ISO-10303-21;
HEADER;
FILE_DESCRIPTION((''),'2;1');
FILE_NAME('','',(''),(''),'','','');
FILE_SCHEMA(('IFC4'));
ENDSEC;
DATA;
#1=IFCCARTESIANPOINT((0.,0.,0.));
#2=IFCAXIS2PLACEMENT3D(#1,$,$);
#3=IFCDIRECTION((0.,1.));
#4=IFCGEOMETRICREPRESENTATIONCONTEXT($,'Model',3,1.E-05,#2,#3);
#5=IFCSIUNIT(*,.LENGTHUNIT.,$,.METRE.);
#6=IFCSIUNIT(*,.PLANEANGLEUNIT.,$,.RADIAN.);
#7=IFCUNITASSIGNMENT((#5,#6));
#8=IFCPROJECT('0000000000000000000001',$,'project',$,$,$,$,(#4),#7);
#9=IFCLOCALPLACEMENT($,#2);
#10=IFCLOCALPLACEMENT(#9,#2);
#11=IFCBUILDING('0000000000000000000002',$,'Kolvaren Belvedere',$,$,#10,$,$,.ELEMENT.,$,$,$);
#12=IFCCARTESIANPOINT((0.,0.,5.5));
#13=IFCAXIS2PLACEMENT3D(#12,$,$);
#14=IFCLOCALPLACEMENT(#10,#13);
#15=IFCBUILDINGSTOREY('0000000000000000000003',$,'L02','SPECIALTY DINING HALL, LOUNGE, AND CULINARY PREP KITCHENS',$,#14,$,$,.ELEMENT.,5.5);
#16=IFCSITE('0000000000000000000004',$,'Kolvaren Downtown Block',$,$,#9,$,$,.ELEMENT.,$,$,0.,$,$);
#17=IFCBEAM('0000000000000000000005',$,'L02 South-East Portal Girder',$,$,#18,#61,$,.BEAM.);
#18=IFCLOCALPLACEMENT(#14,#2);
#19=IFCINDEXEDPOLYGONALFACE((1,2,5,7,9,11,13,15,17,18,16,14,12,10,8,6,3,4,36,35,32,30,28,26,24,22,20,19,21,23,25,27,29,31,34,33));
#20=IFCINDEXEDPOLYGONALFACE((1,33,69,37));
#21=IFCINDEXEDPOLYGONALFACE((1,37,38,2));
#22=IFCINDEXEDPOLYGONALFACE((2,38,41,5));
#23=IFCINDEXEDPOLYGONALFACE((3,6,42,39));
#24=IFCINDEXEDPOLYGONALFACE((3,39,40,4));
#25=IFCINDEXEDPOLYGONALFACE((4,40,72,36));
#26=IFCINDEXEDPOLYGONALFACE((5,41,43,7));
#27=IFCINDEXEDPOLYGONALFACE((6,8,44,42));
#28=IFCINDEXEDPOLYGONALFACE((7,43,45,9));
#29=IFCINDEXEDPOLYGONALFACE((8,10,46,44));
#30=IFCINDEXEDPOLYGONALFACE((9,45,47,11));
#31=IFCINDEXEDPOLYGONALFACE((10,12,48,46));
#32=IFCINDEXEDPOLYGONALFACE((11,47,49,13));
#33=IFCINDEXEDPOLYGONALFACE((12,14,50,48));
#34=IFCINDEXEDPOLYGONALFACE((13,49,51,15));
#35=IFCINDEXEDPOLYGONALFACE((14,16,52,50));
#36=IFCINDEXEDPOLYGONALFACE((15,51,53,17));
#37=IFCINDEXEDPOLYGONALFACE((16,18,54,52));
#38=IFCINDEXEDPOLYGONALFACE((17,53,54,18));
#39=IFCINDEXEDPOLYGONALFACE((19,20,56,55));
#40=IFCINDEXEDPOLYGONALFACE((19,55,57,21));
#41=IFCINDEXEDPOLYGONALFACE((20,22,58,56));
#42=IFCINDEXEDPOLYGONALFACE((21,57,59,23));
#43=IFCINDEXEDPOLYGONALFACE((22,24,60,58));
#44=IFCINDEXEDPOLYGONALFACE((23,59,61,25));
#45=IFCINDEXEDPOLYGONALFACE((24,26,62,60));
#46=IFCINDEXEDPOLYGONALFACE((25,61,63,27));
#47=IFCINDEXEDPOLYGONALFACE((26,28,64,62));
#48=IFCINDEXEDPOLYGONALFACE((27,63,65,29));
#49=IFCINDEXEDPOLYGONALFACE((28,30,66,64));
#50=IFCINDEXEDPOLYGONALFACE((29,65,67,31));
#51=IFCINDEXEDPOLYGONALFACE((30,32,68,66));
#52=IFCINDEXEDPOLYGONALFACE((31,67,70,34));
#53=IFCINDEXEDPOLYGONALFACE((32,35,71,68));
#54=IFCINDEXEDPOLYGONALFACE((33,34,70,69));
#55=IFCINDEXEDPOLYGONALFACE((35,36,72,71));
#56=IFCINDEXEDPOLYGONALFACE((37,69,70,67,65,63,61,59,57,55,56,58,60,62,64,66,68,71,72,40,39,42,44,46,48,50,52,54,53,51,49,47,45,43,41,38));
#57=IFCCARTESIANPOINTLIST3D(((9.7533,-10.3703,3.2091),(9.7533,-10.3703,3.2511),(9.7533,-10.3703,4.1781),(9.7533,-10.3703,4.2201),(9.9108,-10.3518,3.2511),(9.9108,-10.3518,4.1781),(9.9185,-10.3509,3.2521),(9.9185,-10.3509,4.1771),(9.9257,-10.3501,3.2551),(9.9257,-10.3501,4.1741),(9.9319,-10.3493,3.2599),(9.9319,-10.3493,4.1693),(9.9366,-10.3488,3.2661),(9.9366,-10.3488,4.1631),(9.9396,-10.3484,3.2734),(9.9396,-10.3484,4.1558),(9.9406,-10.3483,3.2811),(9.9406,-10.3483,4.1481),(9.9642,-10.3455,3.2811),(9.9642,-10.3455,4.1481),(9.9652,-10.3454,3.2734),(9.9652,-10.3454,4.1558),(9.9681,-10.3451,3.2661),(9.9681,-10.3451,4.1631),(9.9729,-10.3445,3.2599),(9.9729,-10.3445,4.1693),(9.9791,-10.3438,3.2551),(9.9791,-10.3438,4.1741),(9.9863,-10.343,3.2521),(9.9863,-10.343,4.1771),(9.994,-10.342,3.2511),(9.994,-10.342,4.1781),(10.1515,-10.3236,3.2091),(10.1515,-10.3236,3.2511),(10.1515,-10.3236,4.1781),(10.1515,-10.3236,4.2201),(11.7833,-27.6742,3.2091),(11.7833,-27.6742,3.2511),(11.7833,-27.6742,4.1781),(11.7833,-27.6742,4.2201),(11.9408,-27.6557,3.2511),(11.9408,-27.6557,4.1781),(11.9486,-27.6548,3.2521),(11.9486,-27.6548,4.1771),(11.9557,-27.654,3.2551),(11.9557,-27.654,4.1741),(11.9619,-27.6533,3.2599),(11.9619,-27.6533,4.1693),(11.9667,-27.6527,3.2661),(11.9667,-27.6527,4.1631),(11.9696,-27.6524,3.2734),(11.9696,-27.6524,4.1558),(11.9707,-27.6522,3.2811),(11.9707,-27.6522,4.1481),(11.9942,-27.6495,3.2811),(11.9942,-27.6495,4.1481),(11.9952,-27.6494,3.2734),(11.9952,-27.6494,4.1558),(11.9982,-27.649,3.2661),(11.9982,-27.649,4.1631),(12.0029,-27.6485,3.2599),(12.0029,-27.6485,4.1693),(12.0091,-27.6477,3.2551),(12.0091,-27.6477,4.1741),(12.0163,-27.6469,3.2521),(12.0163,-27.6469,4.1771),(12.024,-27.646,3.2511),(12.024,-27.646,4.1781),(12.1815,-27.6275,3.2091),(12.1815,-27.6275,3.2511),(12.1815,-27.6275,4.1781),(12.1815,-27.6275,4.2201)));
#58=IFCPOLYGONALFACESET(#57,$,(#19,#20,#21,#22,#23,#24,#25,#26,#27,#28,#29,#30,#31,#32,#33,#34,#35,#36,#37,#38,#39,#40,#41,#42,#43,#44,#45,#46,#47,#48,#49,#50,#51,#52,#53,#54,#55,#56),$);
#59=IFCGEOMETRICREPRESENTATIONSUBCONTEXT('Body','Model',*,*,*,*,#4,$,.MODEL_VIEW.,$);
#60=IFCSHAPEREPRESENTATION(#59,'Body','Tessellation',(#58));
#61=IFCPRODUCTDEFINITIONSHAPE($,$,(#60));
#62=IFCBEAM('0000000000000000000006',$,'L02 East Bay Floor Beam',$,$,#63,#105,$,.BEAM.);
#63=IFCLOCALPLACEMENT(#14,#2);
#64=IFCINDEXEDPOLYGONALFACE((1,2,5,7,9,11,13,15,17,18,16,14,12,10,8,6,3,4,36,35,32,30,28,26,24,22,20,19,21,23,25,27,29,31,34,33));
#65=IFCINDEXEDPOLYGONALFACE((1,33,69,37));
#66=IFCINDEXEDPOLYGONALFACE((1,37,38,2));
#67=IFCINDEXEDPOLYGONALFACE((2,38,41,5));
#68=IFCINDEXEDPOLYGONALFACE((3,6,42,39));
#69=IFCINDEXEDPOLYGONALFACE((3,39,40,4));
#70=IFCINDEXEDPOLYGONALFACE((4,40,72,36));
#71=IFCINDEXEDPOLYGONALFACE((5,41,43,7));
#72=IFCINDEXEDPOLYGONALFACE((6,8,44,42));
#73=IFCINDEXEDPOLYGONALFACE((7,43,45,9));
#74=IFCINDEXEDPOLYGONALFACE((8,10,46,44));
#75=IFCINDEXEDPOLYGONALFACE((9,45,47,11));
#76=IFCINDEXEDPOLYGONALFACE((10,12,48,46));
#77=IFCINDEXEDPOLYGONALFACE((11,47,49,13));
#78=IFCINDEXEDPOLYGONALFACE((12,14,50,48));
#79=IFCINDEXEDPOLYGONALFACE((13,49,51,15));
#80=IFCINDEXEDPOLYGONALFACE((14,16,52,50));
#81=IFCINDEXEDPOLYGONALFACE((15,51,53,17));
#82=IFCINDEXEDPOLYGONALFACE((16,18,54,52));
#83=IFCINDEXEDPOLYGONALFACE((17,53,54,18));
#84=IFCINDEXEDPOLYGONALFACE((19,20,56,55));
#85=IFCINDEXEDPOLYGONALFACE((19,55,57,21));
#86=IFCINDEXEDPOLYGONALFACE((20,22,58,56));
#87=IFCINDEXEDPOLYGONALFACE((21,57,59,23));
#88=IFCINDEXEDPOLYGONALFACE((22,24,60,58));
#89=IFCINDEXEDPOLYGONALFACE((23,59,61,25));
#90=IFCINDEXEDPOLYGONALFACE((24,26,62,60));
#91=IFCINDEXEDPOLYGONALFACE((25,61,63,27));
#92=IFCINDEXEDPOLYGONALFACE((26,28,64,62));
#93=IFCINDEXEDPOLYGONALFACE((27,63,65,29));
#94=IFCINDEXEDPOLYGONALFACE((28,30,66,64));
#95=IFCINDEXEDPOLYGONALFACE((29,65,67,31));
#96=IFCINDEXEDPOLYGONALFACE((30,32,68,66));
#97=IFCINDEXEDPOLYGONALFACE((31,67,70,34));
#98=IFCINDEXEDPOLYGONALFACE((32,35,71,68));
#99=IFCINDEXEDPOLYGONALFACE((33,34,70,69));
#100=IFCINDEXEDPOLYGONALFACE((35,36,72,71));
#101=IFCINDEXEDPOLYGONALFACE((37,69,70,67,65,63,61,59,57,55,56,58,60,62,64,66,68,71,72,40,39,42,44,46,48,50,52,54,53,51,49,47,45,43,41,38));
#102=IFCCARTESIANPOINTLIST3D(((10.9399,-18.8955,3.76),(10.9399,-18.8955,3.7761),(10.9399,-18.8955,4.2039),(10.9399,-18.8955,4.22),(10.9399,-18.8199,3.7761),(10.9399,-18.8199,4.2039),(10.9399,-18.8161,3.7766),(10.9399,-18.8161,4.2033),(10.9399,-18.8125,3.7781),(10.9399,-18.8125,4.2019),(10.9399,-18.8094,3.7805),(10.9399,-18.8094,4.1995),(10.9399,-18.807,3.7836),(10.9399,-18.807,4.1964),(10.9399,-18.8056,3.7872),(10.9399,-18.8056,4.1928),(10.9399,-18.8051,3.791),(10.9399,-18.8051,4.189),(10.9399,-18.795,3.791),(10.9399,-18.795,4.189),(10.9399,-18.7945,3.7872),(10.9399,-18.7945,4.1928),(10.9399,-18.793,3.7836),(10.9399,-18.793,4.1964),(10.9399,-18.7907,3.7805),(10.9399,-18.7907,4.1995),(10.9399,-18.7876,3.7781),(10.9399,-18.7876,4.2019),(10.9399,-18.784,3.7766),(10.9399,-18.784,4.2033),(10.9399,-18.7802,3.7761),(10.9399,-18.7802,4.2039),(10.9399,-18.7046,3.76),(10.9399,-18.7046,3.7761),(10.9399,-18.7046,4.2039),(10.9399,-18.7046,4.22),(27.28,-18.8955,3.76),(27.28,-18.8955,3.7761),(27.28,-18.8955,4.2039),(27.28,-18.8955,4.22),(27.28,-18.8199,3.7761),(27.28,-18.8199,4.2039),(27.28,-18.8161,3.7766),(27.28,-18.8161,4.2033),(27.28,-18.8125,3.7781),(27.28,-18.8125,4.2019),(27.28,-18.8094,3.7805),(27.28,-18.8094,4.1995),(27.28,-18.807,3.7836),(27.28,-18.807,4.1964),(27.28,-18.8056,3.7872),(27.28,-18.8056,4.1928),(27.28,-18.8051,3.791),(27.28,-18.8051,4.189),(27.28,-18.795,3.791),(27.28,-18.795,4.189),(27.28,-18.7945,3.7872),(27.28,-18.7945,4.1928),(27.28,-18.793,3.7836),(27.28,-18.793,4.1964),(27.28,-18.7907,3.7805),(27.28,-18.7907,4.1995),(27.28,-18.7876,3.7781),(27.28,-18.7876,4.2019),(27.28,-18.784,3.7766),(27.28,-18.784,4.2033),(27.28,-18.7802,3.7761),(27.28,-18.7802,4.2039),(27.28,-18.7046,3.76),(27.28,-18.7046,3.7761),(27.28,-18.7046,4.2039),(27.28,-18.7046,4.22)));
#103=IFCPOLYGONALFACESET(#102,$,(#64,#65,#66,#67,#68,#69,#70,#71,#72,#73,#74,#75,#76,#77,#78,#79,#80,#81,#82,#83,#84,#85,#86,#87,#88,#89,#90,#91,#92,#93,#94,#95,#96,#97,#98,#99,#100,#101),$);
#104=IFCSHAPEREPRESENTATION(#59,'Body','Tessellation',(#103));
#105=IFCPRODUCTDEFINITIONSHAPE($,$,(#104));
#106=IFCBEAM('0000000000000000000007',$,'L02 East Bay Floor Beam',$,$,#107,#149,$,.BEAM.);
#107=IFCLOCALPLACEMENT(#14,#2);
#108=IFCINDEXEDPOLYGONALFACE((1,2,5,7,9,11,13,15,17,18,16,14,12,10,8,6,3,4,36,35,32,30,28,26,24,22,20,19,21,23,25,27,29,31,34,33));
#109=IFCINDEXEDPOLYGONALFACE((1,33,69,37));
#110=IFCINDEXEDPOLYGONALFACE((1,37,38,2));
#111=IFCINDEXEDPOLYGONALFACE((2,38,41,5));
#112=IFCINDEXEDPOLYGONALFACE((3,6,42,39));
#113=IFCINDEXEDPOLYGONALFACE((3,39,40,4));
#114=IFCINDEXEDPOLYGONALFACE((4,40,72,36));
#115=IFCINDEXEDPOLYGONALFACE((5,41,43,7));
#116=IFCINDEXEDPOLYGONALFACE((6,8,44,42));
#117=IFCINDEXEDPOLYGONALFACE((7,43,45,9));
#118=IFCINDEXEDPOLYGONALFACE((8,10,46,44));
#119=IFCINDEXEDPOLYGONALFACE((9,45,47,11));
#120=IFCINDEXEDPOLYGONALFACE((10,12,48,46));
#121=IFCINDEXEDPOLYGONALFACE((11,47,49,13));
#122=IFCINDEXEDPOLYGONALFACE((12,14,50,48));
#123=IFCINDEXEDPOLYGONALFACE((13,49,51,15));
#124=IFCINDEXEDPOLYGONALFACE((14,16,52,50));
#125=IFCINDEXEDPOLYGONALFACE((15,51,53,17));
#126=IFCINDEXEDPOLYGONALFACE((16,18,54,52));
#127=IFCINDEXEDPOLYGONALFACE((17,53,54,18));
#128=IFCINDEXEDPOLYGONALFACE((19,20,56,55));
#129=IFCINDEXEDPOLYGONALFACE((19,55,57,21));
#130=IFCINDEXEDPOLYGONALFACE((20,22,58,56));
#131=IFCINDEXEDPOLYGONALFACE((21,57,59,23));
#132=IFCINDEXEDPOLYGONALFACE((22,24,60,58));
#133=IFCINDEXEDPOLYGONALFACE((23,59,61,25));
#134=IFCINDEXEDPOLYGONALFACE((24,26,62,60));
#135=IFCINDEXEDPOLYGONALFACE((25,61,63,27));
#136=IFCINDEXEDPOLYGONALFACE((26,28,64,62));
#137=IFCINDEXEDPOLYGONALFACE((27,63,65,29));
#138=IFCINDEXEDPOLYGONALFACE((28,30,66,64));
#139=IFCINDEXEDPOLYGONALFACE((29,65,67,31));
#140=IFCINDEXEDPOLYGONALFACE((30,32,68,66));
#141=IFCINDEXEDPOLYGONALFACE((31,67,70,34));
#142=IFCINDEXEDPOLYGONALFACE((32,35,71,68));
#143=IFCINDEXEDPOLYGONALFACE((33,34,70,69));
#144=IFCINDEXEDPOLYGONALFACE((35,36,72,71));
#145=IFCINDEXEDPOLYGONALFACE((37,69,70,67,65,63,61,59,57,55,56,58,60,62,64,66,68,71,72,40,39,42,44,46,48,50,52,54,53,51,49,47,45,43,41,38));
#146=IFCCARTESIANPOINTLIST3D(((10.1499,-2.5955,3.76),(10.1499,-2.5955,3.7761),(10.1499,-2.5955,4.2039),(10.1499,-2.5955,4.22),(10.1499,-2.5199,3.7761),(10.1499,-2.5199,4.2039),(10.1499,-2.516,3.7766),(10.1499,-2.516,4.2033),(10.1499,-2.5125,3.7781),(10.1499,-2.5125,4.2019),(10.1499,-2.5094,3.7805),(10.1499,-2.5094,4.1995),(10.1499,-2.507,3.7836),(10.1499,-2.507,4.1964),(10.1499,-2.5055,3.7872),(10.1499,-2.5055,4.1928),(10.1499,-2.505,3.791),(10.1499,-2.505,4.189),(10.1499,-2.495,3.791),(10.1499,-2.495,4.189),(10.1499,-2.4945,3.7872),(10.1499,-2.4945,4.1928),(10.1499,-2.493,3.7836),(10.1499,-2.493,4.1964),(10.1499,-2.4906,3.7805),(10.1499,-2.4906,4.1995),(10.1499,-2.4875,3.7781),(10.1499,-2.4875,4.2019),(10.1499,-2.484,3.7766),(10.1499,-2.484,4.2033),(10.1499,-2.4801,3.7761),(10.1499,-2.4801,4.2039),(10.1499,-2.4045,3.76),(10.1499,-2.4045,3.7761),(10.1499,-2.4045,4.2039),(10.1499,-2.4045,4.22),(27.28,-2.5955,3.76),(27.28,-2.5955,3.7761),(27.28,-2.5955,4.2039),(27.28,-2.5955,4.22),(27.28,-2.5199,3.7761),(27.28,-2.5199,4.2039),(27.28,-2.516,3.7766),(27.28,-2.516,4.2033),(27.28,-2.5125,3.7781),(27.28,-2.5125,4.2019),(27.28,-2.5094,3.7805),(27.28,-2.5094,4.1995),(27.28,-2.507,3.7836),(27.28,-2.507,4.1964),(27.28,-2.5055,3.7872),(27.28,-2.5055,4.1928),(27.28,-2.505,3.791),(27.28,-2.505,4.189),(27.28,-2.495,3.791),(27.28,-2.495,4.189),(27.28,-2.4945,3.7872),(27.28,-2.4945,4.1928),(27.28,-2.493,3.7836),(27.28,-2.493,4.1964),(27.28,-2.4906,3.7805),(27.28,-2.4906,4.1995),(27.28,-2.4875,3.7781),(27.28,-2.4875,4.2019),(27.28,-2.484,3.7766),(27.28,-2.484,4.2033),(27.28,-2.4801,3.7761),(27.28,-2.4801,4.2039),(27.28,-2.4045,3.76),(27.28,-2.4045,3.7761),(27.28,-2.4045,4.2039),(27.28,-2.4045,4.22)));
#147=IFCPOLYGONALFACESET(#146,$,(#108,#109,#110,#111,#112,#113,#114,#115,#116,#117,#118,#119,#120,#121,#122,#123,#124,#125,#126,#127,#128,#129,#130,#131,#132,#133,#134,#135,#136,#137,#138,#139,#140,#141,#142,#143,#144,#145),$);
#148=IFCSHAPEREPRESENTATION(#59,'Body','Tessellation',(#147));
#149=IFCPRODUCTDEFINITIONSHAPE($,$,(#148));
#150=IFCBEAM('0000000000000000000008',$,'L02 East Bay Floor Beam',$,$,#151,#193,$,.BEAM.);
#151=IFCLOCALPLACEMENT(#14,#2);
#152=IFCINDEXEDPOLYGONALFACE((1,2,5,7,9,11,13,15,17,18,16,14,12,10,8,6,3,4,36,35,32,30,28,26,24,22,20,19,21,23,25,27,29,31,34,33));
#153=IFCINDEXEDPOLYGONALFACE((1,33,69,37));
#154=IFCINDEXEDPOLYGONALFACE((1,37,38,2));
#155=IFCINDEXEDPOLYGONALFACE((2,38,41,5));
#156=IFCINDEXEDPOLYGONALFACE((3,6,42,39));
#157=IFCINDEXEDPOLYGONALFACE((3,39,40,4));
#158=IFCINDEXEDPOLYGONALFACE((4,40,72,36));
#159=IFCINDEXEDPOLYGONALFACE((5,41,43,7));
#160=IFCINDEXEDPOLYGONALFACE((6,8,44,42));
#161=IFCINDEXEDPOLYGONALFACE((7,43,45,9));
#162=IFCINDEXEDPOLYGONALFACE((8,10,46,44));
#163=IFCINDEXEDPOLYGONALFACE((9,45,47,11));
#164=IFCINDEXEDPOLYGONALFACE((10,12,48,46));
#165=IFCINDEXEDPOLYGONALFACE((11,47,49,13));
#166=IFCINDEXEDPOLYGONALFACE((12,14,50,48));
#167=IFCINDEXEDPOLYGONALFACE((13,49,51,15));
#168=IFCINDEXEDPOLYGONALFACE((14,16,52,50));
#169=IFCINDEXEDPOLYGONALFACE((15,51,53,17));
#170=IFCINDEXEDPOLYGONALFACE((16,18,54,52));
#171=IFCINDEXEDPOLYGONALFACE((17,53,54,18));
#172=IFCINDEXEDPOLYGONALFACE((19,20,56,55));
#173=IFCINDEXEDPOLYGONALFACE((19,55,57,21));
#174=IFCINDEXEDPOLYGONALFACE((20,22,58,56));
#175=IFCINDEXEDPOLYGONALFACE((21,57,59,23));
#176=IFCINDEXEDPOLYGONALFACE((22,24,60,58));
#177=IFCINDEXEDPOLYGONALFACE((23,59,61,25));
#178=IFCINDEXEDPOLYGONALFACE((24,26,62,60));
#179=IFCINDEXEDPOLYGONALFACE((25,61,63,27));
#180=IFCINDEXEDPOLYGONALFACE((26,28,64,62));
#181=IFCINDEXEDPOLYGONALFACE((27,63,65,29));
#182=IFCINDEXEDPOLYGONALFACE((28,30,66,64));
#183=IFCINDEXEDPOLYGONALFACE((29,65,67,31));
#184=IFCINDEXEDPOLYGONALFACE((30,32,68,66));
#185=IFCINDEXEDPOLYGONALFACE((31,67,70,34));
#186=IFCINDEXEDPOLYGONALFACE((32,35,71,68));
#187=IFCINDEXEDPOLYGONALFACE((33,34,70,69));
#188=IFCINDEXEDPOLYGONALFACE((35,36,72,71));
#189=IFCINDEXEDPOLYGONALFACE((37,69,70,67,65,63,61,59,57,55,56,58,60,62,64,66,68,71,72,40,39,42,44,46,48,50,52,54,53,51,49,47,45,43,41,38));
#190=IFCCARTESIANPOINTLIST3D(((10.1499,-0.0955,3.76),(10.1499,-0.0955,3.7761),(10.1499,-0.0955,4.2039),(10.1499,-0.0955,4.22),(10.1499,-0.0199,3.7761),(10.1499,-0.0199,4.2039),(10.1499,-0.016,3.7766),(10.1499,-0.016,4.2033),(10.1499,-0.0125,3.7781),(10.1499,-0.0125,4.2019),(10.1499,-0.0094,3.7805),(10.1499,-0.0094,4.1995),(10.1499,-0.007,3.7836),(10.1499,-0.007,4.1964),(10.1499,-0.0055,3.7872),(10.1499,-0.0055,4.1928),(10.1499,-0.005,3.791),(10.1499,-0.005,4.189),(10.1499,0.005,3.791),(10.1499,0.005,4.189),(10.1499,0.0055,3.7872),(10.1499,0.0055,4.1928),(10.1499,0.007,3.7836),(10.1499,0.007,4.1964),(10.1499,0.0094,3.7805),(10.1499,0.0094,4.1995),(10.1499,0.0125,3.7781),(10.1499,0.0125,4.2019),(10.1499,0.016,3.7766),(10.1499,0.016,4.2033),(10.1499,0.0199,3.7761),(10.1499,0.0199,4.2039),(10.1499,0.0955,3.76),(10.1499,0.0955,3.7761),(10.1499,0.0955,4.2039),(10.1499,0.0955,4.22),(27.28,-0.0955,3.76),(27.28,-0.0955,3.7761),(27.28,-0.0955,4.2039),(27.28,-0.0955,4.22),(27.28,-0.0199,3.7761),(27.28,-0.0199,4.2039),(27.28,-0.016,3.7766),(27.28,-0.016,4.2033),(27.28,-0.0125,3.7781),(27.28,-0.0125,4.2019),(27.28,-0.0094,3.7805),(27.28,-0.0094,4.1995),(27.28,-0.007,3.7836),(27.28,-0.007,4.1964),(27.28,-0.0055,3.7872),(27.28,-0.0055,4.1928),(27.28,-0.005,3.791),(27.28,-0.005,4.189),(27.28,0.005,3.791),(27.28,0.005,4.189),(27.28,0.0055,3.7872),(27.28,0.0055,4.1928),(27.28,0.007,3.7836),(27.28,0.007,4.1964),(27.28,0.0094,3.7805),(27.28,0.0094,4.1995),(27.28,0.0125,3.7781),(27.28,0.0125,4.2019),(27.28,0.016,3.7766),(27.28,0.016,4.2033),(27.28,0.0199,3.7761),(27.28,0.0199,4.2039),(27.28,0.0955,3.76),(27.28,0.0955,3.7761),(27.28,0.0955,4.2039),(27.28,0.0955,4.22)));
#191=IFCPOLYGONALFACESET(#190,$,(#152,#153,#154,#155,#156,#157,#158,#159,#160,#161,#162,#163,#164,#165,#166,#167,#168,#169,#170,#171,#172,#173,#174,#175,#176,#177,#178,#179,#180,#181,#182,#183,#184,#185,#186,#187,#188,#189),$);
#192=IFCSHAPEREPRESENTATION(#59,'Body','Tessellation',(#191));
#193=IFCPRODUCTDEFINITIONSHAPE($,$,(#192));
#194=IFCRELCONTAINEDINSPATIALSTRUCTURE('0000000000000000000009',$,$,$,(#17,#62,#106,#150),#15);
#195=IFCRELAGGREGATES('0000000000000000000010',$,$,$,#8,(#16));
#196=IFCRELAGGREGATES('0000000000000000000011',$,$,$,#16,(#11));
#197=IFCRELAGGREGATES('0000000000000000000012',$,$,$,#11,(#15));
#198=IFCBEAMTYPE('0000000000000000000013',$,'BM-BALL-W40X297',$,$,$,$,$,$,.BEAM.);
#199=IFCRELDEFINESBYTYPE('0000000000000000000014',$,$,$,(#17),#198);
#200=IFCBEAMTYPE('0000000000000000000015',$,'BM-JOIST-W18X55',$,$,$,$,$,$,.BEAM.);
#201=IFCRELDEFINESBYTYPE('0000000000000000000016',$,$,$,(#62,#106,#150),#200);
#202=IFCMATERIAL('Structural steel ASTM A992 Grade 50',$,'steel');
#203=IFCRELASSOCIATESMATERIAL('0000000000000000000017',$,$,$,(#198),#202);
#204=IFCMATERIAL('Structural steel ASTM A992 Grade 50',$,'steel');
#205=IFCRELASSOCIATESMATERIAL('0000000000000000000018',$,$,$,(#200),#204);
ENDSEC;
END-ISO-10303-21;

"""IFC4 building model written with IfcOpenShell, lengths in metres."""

from ifc_helpers import new_model, si_unit, direction, frame, origin, origin_2d, place, context, subcontext, project, spatial, i_section, extrude, material, material_profile, profile_set, type_object, element, save


model = new_model("IFC4")

# Units and contexts
model_context = context("Model", 3, precision=1e-05, world=origin(), true_north=direction((0.0, 1.0)))
body_context = subcontext(model_context, "Body", "Model", "MODEL_VIEW")
ifc_project = project(units=[si_unit("LENGTHUNIT", "METRE"), si_unit("PLANEANGLEUNIT", "RADIAN")], contexts=[model_context])

# Site, building, storey
site_placement = place(None, origin())
site = spatial("IfcSite", under=ifc_project, at=site_placement, Name="Kolvaren Downtown Block", CompositionType="ELEMENT", RefElevation=0.0)
building_placement = place(site_placement, origin())
building = spatial("IfcBuilding", under=site, at=building_placement, Name="Kolvaren Belvedere", CompositionType="ELEMENT")
storey_placement = place(building_placement, frame((0.0, 0.0, 5.5)))
storey = spatial("IfcBuildingStorey", under=building, at=storey_placement, Name="L02", Description="SPECIALTY DINING HALL, LOUNGE, AND CULINARY PREP KITCHENS", CompositionType="ELEMENT", Elevation=5.5)

# Beams
ifc_material_1 = material(Name="Structural steel ASTM A992 Grade 50", Category="steel")
ifc_material_profile_1 = material_profile(ifc_material_1, i_section(OverallWidth=0.4009, OverallDepth=1.011, WebThickness=0.0237, FlangeThickness=0.042, FilletRadius=0.03, at=origin_2d()), Name="W40X297")
ifc_profile_set_1 = profile_set([ifc_material_profile_1], Name="Structural steel ASTM A992 Grade 50")
beam_type_1 = type_object("IfcBeamType", Name="BM-BALL-W40X297", PredefinedType="BEAM", material=ifc_profile_set_1)
beam_1_placement = place(storey_placement, frame((9.9524, -10.3469, 3.7146), z_axis=(0.116517, -0.993189, 0.0), x_axis=(0.993189, 0.116517, 0.0)))
element("IfcBeam", 1, at=beam_1_placement, inside=storey, type_object=beam_type_1, Name="L02 South-East Portal Girder", PredefinedType="BEAM", context=body_context, shape_type="SweptSolid", body=[
    extrude(i_section(OverallWidth=0.4009, OverallDepth=1.011, WebThickness=0.0237, FlangeThickness=0.042, FilletRadius=0.03, at=origin_2d()), origin(), (0.0, 0.0, 1.0), 17.4226),
])
ifc_material_2 = material(Name="Structural steel ASTM A992 Grade 50", Category="steel")
ifc_material_profile_2 = material_profile(ifc_material_2, i_section(OverallWidth=0.1909, OverallDepth=0.46, WebThickness=0.01, FlangeThickness=0.0161, FilletRadius=0.0149, at=origin_2d()), Name="W18X55")
ifc_profile_set_2 = profile_set([ifc_material_profile_2], Name="Structural steel ASTM A992 Grade 50")
beam_type_2 = type_object("IfcBeamType", Name="BM-JOIST-W18X55", PredefinedType="BEAM", material=ifc_profile_set_2)
beam_2_placement = place(storey_placement, frame((10.9399, -18.8, 3.99), z_axis=(1.0, 0.0, 0.0), x_axis=(0.0, 1.0, 0.0)))
element("IfcBeam", 2, at=beam_2_placement, inside=storey, type_object=beam_type_2, Name="L02 East Bay Floor Beam", PredefinedType="BEAM", context=body_context, shape_type="SweptSolid", body=[
    extrude(i_section(OverallWidth=0.1909, OverallDepth=0.46, WebThickness=0.01, FlangeThickness=0.0161, FilletRadius=0.0149, at=origin_2d()), origin(), (0.0, 0.0, 1.0), 16.3401),
])
for number, where, z_axis, x_axis, name in (
    (3, (10.1499, -2.5, 3.99), (1.0, 0.0, 0.0), (0.0, 1.0, 0.0), "L02 East Bay Floor Beam"),
    (4, (10.1499, 0.0, 3.99), (1.0, 0.0, 0.0), (0.0, 1.0, 0.0), "L02 East Bay Floor Beam"),
):
    element("IfcBeam", number, at=place(storey_placement, frame(where, z_axis=z_axis, x_axis=x_axis)), inside=storey, type_object=beam_type_2, Name=name, PredefinedType="BEAM", context=body_context, shape_type="SweptSolid", body=[
        extrude(i_section(OverallWidth=0.1909, OverallDepth=0.46, WebThickness=0.01, FlangeThickness=0.0161, FilletRadius=0.0149, at=origin_2d()), origin(), (0.0, 0.0, 1.0), 17.1301),
    ])

save(model, "model.ifc")
